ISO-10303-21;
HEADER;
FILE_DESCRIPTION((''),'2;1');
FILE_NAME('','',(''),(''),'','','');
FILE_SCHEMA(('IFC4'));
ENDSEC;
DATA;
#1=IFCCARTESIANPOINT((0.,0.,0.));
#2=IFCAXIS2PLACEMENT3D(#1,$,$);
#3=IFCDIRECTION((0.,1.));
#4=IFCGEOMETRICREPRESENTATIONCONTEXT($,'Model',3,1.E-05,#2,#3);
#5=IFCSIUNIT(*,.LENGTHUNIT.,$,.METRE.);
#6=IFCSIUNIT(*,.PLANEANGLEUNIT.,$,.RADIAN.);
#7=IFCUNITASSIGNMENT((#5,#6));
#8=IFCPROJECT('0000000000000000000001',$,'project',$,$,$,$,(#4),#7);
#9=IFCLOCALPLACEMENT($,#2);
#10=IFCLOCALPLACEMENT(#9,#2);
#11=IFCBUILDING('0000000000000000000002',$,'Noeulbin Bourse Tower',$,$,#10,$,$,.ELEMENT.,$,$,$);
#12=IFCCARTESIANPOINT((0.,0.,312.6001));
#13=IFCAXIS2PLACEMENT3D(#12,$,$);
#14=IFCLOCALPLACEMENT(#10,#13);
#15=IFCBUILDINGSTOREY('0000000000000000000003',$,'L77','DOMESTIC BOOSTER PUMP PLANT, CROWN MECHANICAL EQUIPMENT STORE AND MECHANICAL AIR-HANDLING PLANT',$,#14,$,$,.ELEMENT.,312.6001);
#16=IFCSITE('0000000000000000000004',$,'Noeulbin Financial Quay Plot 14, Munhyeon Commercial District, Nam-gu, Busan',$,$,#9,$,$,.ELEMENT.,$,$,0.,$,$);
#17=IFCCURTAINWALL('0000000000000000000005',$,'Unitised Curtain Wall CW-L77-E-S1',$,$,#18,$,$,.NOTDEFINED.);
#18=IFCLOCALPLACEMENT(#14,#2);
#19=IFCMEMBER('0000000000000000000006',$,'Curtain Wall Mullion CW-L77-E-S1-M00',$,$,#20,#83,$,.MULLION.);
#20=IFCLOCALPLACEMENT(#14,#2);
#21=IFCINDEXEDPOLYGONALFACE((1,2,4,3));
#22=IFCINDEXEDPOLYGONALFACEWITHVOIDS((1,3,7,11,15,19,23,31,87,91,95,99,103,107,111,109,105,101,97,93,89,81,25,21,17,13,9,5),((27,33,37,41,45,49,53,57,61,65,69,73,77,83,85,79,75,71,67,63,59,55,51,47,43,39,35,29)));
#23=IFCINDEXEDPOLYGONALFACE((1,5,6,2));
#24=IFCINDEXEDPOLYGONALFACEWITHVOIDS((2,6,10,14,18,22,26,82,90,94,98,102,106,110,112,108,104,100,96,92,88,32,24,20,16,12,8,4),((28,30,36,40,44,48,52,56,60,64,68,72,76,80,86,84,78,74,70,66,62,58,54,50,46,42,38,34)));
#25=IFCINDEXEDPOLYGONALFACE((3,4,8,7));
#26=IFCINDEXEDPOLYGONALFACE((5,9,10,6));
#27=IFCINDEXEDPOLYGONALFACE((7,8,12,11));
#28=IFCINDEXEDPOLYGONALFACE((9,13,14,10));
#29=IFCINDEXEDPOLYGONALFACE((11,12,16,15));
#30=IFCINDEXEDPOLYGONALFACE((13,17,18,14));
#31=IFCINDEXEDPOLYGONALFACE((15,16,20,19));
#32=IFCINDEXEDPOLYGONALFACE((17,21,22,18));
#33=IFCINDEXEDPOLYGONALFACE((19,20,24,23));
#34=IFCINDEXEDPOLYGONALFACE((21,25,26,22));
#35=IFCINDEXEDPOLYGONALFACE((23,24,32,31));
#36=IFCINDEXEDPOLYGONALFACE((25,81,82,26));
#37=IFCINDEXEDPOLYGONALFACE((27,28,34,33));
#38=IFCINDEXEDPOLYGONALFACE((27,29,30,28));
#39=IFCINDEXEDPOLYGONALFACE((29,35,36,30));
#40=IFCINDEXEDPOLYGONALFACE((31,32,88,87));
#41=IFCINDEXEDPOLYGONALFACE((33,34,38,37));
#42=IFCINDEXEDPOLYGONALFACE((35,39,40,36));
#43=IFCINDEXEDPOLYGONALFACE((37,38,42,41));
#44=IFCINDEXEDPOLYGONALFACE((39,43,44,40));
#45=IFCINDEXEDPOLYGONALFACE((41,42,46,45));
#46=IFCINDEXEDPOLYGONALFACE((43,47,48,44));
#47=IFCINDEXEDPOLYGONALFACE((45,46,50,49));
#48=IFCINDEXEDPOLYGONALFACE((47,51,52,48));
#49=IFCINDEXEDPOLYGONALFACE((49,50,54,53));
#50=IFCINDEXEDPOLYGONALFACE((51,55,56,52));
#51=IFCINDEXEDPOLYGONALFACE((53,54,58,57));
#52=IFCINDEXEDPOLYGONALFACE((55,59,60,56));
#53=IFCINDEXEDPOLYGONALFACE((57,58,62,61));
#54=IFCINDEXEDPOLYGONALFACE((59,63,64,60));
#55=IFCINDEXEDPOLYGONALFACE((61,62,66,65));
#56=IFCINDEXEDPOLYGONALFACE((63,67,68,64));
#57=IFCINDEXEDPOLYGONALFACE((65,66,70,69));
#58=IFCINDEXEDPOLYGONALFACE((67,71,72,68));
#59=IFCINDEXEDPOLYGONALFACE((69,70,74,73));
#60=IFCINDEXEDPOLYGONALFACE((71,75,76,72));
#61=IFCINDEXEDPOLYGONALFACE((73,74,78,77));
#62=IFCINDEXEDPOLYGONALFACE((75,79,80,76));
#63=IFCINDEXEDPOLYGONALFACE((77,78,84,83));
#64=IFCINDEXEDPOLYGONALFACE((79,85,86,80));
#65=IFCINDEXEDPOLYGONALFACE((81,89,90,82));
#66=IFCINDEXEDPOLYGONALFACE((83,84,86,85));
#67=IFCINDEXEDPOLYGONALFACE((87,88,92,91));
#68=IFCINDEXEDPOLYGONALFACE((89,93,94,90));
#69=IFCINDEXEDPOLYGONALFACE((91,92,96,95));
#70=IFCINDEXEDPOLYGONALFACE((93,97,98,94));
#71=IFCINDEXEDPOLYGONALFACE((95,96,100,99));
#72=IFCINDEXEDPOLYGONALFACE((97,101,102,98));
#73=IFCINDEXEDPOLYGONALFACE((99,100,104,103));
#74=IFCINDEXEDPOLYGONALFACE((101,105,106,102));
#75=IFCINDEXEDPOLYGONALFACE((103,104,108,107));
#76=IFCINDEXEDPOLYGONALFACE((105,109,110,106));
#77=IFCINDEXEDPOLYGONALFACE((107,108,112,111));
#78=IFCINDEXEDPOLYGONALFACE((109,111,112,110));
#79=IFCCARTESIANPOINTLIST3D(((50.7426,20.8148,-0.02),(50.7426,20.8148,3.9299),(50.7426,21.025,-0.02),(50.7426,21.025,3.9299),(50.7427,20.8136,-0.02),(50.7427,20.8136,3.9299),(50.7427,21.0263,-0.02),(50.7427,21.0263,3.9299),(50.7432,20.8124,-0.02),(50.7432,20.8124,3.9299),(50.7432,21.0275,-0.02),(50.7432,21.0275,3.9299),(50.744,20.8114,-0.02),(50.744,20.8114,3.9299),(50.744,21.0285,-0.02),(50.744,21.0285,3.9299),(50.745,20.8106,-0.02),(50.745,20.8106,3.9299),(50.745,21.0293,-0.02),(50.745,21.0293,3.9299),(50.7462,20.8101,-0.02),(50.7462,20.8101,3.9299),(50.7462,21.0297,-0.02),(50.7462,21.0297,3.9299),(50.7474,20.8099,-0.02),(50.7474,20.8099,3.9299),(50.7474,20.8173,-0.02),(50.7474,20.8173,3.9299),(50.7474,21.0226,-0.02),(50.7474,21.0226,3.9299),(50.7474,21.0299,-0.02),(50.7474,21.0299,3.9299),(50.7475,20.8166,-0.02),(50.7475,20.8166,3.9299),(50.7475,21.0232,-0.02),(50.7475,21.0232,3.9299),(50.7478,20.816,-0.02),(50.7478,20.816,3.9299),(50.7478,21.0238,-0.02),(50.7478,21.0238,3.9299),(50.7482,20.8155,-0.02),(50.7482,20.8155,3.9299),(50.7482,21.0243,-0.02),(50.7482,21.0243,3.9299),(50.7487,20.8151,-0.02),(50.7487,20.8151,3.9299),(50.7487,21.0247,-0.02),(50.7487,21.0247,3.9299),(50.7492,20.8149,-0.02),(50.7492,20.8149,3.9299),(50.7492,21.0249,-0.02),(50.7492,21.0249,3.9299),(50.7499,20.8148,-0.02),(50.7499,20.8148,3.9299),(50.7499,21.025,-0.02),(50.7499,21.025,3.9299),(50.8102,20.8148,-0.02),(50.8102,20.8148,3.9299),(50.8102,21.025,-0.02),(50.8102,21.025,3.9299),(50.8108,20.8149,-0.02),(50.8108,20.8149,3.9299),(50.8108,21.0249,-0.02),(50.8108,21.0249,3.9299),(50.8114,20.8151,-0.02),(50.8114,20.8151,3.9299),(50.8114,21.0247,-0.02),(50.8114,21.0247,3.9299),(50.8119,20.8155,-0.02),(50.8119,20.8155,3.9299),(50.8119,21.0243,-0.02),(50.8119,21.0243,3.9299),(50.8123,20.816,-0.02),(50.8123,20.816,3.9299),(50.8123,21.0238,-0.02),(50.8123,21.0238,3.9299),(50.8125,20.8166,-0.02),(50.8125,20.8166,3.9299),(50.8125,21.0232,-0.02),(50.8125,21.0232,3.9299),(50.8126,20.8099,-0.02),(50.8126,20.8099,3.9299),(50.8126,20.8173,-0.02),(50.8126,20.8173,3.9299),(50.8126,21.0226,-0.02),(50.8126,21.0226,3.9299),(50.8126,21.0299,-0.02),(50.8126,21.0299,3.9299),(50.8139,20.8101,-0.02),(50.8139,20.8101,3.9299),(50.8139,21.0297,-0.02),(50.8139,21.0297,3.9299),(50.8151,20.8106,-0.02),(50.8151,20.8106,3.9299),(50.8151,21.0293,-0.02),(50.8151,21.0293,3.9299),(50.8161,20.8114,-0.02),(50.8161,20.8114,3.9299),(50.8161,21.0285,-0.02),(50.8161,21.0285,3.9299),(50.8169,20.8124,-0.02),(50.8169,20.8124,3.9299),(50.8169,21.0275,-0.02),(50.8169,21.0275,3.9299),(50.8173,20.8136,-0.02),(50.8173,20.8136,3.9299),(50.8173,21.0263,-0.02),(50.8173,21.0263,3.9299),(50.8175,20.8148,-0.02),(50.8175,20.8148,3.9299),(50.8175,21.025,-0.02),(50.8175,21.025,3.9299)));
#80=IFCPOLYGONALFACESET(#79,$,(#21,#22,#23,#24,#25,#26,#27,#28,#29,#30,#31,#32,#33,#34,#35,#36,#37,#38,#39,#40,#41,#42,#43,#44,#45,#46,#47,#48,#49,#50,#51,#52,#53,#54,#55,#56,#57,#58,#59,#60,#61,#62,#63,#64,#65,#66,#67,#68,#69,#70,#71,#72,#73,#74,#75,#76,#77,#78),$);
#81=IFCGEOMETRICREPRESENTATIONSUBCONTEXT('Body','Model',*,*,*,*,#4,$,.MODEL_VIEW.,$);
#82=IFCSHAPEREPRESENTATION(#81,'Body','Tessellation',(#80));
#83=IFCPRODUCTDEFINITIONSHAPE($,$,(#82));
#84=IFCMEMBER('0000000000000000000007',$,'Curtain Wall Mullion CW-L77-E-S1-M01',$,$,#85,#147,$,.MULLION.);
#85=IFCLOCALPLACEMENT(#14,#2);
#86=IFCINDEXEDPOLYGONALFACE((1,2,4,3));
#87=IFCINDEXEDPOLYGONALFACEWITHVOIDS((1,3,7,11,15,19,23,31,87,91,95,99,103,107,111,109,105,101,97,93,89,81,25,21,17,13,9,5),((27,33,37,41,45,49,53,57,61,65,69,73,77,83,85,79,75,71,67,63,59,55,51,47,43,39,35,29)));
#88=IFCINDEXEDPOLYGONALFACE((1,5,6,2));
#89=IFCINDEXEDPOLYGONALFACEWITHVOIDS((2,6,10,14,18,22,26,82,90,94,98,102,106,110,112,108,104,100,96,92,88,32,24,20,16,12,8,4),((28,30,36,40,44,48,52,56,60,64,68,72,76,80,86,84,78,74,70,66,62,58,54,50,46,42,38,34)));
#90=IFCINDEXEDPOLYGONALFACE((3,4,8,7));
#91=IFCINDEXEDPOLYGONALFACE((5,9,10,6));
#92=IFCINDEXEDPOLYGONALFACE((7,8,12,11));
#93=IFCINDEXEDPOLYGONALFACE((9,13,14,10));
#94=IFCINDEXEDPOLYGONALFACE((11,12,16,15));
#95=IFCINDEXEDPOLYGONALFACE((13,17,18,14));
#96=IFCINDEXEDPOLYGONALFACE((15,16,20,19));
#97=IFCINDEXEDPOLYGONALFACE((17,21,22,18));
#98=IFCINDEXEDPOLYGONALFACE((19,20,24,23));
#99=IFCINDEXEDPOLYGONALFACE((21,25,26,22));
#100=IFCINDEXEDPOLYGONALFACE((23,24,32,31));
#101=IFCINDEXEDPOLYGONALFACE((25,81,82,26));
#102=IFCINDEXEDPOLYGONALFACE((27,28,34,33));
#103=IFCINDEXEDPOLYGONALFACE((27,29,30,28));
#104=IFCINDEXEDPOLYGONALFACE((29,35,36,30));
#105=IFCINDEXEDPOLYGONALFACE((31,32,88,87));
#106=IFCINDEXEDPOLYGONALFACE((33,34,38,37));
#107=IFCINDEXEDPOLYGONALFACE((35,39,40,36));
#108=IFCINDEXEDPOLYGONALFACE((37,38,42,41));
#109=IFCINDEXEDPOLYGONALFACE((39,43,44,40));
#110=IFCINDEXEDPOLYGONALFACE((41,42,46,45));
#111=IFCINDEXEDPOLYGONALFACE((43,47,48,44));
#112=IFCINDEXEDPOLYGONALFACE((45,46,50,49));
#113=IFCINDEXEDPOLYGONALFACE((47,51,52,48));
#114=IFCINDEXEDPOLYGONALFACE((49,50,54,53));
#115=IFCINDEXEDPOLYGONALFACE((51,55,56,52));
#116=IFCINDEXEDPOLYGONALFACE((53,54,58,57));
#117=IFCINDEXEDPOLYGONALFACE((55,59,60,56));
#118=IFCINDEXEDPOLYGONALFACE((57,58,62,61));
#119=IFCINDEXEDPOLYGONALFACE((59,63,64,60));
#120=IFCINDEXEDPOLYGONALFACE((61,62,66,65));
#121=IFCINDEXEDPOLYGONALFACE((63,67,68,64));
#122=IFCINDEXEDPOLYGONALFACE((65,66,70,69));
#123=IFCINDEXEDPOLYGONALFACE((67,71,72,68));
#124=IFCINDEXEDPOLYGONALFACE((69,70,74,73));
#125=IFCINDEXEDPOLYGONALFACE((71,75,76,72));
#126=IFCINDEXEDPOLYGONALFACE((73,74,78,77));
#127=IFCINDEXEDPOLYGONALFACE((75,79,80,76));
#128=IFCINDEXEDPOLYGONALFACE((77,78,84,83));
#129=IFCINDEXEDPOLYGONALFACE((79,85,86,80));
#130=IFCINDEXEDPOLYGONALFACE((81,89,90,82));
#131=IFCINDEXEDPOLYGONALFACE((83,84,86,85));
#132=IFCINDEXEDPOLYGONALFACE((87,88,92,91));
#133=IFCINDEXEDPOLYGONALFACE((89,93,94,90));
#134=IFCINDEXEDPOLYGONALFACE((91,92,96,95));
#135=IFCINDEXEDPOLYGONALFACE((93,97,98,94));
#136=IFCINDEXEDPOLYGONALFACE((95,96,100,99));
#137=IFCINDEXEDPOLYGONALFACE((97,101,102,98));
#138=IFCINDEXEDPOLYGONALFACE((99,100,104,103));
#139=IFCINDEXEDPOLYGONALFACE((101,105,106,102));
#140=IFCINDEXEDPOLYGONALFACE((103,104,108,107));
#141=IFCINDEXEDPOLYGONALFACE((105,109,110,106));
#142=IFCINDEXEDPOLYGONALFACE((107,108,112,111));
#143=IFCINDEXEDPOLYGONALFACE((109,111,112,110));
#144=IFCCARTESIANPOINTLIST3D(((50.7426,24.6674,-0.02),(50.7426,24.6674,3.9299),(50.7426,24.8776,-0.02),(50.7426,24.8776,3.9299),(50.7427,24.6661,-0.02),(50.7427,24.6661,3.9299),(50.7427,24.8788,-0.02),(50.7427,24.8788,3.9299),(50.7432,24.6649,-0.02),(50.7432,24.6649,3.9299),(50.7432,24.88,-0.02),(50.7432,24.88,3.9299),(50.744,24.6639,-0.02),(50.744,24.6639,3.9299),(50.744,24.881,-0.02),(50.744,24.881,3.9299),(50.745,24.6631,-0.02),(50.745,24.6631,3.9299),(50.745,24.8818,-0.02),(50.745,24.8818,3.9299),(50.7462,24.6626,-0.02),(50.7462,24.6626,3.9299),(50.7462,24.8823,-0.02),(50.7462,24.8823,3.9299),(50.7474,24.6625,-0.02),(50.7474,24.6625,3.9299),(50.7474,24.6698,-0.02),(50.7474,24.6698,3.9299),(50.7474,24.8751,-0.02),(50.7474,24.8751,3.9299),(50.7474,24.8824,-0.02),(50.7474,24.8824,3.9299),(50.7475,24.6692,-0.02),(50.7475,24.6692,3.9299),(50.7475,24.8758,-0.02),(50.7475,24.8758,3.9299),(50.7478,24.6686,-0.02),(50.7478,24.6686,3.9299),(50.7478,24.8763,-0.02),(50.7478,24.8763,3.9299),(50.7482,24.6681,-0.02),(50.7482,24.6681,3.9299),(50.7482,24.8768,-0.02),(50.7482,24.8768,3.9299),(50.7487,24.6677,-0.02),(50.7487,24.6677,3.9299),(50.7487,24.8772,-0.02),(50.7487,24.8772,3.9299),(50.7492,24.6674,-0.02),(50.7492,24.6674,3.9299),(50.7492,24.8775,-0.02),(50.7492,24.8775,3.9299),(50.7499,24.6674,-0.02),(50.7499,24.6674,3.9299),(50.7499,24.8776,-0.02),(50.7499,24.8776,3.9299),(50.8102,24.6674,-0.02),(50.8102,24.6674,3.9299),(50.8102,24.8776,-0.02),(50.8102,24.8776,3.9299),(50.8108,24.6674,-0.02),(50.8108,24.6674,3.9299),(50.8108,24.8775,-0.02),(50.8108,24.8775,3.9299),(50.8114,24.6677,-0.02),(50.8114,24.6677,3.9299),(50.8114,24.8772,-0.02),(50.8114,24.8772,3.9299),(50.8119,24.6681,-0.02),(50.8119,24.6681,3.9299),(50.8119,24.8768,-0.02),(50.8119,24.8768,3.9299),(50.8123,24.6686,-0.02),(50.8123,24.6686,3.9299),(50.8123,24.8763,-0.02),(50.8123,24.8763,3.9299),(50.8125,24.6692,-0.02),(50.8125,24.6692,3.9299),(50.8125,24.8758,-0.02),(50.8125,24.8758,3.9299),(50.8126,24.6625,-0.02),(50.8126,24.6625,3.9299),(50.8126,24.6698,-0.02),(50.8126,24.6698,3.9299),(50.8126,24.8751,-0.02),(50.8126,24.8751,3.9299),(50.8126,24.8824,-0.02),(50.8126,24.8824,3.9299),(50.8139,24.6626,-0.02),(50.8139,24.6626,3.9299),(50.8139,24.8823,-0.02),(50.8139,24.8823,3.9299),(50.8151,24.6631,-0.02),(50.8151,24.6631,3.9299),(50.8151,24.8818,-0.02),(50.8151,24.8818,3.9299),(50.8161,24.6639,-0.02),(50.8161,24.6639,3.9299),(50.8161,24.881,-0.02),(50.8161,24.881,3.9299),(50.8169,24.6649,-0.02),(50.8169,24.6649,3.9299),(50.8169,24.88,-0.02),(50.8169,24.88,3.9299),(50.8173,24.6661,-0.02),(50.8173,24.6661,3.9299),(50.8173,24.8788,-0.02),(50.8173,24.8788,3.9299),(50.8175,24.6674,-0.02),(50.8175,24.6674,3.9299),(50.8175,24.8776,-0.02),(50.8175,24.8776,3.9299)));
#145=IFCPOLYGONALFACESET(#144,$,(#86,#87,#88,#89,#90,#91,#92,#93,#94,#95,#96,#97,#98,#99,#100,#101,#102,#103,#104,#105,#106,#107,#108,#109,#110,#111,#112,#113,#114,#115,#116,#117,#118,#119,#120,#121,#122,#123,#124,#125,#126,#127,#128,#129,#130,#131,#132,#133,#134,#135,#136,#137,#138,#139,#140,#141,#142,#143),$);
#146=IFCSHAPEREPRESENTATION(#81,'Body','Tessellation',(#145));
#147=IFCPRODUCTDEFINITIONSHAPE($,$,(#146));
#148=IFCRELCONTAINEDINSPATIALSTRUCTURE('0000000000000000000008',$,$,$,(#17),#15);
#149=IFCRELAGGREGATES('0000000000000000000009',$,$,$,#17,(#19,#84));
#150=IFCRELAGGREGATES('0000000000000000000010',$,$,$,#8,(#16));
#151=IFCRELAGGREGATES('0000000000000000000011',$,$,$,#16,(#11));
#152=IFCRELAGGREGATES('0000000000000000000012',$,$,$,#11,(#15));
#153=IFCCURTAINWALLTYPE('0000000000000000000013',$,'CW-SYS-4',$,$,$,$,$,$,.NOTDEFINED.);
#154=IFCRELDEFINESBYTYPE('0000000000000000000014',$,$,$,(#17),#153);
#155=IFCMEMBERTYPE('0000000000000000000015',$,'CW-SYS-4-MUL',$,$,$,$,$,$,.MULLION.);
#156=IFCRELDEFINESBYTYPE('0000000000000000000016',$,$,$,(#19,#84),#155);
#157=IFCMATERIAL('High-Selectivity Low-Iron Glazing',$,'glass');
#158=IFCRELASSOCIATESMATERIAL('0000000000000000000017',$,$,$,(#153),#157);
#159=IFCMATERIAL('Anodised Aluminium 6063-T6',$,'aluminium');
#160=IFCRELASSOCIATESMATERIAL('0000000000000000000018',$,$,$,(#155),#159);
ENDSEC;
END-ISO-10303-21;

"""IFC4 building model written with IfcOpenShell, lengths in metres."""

from ifc_helpers import new_model, si_unit, direction, frame, origin, origin_2d, place, context, subcontext, project, spatial, hollow_rectangle, extrude, material, material_profile, profile_set, type_object, element, aggregate, save


model = new_model("IFC4")

# Units and contexts
model_context = context("Model", 3, precision=1e-05, world=origin(), true_north=direction((0.0, 1.0)))
body_context = subcontext(model_context, "Body", "Model", "MODEL_VIEW")
ifc_project = project(units=[si_unit("LENGTHUNIT", "METRE"), si_unit("PLANEANGLEUNIT", "RADIAN")], contexts=[model_context])

# Site, building, storey
site_placement = place(None, origin())
site = spatial("IfcSite", under=ifc_project, at=site_placement, Name="Noeulbin Financial Quay Plot 14, Munhyeon Commercial District, Nam-gu, Busan", CompositionType="ELEMENT", RefElevation=0.0)
building_placement = place(site_placement, origin())
building = spatial("IfcBuilding", under=site, at=building_placement, Name="Noeulbin Bourse Tower", CompositionType="ELEMENT")
storey_placement = place(building_placement, frame((0.0, 0.0, 312.6001)))
storey = spatial("IfcBuildingStorey", under=building, at=storey_placement, Name="L77", Description="DOMESTIC BOOSTER PUMP PLANT, CROWN MECHANICAL EQUIPMENT STORE AND MECHANICAL AIR-HANDLING PLANT", CompositionType="ELEMENT", Elevation=312.6001)

# Curtain wall, members
ifc_material_1 = material(Name="High-Selectivity Low-Iron Glazing", Category="glass")
curtain_wall_type = type_object("IfcCurtainWallType", Name="CW-SYS-4", PredefinedType="NOTDEFINED", material=ifc_material_1)
ifc_material_2 = material(Name="Anodised Aluminium 6063-T6", Category="aluminium")
ifc_material_profile_1 = material_profile(ifc_material_2, hollow_rectangle(XDim=0.075, YDim=0.22, WallThickness=0.0049, InnerFilletRadius=0.0024, OuterFilletRadius=0.0049, at=origin_2d()), Name="ALU-MULL-75x220x5", Category="LoadBearing")
ifc_profile_set_1 = profile_set([ifc_material_profile_1], Name="Anodised Aluminium 6063-T6")
member_type_1 = type_object("IfcMemberType", Name="CW-SYS-4-MUL", PredefinedType="MULLION", material=ifc_profile_set_1)
curtain_wall_1_placement = place(storey_placement, origin())
curtain_wall_1 = element("IfcCurtainWall", 1, at=curtain_wall_1_placement, inside=storey, type_object=curtain_wall_type, Name="Unitised Curtain Wall CW-L77-E-S1", PredefinedType="NOTDEFINED")
member_1_placement = place(storey_placement, frame((50.78, 20.9199, -0.02), z_axis=(0.0, 0.0, 1.0), x_axis=(1.0, 0.0, 0.0)))
member_1 = element("IfcMember", 2, at=member_1_placement, type_object=member_type_1, Name="Curtain Wall Mullion CW-L77-E-S1-M00", PredefinedType="MULLION", context=body_context, shape_type="SweptSolid", body=[
    extrude(hollow_rectangle(XDim=0.075, YDim=0.22, WallThickness=0.0049, InnerFilletRadius=0.0024, OuterFilletRadius=0.0049, at=origin_2d()), origin(), (0.0, 0.0, 1.0), 3.95),
])
member_2_placement = place(storey_placement, frame((50.78, 24.7725, -0.02), z_axis=(0.0, 0.0, 1.0), x_axis=(1.0, 0.0, 0.0)))
member_2 = element("IfcMember", 3, at=member_2_placement, type_object=member_type_1, Name="Curtain Wall Mullion CW-L77-E-S1-M01", PredefinedType="MULLION", context=body_context, shape_type="SweptSolid", body=[
    extrude(hollow_rectangle(XDim=0.075, YDim=0.22, WallThickness=0.0049, InnerFilletRadius=0.0024, OuterFilletRadius=0.0049, at=origin_2d()), origin(), (0.0, 0.0, 1.0), 3.95),
])

aggregate(curtain_wall_1, [member_1, member_2])

save(model, "model.ifc")
